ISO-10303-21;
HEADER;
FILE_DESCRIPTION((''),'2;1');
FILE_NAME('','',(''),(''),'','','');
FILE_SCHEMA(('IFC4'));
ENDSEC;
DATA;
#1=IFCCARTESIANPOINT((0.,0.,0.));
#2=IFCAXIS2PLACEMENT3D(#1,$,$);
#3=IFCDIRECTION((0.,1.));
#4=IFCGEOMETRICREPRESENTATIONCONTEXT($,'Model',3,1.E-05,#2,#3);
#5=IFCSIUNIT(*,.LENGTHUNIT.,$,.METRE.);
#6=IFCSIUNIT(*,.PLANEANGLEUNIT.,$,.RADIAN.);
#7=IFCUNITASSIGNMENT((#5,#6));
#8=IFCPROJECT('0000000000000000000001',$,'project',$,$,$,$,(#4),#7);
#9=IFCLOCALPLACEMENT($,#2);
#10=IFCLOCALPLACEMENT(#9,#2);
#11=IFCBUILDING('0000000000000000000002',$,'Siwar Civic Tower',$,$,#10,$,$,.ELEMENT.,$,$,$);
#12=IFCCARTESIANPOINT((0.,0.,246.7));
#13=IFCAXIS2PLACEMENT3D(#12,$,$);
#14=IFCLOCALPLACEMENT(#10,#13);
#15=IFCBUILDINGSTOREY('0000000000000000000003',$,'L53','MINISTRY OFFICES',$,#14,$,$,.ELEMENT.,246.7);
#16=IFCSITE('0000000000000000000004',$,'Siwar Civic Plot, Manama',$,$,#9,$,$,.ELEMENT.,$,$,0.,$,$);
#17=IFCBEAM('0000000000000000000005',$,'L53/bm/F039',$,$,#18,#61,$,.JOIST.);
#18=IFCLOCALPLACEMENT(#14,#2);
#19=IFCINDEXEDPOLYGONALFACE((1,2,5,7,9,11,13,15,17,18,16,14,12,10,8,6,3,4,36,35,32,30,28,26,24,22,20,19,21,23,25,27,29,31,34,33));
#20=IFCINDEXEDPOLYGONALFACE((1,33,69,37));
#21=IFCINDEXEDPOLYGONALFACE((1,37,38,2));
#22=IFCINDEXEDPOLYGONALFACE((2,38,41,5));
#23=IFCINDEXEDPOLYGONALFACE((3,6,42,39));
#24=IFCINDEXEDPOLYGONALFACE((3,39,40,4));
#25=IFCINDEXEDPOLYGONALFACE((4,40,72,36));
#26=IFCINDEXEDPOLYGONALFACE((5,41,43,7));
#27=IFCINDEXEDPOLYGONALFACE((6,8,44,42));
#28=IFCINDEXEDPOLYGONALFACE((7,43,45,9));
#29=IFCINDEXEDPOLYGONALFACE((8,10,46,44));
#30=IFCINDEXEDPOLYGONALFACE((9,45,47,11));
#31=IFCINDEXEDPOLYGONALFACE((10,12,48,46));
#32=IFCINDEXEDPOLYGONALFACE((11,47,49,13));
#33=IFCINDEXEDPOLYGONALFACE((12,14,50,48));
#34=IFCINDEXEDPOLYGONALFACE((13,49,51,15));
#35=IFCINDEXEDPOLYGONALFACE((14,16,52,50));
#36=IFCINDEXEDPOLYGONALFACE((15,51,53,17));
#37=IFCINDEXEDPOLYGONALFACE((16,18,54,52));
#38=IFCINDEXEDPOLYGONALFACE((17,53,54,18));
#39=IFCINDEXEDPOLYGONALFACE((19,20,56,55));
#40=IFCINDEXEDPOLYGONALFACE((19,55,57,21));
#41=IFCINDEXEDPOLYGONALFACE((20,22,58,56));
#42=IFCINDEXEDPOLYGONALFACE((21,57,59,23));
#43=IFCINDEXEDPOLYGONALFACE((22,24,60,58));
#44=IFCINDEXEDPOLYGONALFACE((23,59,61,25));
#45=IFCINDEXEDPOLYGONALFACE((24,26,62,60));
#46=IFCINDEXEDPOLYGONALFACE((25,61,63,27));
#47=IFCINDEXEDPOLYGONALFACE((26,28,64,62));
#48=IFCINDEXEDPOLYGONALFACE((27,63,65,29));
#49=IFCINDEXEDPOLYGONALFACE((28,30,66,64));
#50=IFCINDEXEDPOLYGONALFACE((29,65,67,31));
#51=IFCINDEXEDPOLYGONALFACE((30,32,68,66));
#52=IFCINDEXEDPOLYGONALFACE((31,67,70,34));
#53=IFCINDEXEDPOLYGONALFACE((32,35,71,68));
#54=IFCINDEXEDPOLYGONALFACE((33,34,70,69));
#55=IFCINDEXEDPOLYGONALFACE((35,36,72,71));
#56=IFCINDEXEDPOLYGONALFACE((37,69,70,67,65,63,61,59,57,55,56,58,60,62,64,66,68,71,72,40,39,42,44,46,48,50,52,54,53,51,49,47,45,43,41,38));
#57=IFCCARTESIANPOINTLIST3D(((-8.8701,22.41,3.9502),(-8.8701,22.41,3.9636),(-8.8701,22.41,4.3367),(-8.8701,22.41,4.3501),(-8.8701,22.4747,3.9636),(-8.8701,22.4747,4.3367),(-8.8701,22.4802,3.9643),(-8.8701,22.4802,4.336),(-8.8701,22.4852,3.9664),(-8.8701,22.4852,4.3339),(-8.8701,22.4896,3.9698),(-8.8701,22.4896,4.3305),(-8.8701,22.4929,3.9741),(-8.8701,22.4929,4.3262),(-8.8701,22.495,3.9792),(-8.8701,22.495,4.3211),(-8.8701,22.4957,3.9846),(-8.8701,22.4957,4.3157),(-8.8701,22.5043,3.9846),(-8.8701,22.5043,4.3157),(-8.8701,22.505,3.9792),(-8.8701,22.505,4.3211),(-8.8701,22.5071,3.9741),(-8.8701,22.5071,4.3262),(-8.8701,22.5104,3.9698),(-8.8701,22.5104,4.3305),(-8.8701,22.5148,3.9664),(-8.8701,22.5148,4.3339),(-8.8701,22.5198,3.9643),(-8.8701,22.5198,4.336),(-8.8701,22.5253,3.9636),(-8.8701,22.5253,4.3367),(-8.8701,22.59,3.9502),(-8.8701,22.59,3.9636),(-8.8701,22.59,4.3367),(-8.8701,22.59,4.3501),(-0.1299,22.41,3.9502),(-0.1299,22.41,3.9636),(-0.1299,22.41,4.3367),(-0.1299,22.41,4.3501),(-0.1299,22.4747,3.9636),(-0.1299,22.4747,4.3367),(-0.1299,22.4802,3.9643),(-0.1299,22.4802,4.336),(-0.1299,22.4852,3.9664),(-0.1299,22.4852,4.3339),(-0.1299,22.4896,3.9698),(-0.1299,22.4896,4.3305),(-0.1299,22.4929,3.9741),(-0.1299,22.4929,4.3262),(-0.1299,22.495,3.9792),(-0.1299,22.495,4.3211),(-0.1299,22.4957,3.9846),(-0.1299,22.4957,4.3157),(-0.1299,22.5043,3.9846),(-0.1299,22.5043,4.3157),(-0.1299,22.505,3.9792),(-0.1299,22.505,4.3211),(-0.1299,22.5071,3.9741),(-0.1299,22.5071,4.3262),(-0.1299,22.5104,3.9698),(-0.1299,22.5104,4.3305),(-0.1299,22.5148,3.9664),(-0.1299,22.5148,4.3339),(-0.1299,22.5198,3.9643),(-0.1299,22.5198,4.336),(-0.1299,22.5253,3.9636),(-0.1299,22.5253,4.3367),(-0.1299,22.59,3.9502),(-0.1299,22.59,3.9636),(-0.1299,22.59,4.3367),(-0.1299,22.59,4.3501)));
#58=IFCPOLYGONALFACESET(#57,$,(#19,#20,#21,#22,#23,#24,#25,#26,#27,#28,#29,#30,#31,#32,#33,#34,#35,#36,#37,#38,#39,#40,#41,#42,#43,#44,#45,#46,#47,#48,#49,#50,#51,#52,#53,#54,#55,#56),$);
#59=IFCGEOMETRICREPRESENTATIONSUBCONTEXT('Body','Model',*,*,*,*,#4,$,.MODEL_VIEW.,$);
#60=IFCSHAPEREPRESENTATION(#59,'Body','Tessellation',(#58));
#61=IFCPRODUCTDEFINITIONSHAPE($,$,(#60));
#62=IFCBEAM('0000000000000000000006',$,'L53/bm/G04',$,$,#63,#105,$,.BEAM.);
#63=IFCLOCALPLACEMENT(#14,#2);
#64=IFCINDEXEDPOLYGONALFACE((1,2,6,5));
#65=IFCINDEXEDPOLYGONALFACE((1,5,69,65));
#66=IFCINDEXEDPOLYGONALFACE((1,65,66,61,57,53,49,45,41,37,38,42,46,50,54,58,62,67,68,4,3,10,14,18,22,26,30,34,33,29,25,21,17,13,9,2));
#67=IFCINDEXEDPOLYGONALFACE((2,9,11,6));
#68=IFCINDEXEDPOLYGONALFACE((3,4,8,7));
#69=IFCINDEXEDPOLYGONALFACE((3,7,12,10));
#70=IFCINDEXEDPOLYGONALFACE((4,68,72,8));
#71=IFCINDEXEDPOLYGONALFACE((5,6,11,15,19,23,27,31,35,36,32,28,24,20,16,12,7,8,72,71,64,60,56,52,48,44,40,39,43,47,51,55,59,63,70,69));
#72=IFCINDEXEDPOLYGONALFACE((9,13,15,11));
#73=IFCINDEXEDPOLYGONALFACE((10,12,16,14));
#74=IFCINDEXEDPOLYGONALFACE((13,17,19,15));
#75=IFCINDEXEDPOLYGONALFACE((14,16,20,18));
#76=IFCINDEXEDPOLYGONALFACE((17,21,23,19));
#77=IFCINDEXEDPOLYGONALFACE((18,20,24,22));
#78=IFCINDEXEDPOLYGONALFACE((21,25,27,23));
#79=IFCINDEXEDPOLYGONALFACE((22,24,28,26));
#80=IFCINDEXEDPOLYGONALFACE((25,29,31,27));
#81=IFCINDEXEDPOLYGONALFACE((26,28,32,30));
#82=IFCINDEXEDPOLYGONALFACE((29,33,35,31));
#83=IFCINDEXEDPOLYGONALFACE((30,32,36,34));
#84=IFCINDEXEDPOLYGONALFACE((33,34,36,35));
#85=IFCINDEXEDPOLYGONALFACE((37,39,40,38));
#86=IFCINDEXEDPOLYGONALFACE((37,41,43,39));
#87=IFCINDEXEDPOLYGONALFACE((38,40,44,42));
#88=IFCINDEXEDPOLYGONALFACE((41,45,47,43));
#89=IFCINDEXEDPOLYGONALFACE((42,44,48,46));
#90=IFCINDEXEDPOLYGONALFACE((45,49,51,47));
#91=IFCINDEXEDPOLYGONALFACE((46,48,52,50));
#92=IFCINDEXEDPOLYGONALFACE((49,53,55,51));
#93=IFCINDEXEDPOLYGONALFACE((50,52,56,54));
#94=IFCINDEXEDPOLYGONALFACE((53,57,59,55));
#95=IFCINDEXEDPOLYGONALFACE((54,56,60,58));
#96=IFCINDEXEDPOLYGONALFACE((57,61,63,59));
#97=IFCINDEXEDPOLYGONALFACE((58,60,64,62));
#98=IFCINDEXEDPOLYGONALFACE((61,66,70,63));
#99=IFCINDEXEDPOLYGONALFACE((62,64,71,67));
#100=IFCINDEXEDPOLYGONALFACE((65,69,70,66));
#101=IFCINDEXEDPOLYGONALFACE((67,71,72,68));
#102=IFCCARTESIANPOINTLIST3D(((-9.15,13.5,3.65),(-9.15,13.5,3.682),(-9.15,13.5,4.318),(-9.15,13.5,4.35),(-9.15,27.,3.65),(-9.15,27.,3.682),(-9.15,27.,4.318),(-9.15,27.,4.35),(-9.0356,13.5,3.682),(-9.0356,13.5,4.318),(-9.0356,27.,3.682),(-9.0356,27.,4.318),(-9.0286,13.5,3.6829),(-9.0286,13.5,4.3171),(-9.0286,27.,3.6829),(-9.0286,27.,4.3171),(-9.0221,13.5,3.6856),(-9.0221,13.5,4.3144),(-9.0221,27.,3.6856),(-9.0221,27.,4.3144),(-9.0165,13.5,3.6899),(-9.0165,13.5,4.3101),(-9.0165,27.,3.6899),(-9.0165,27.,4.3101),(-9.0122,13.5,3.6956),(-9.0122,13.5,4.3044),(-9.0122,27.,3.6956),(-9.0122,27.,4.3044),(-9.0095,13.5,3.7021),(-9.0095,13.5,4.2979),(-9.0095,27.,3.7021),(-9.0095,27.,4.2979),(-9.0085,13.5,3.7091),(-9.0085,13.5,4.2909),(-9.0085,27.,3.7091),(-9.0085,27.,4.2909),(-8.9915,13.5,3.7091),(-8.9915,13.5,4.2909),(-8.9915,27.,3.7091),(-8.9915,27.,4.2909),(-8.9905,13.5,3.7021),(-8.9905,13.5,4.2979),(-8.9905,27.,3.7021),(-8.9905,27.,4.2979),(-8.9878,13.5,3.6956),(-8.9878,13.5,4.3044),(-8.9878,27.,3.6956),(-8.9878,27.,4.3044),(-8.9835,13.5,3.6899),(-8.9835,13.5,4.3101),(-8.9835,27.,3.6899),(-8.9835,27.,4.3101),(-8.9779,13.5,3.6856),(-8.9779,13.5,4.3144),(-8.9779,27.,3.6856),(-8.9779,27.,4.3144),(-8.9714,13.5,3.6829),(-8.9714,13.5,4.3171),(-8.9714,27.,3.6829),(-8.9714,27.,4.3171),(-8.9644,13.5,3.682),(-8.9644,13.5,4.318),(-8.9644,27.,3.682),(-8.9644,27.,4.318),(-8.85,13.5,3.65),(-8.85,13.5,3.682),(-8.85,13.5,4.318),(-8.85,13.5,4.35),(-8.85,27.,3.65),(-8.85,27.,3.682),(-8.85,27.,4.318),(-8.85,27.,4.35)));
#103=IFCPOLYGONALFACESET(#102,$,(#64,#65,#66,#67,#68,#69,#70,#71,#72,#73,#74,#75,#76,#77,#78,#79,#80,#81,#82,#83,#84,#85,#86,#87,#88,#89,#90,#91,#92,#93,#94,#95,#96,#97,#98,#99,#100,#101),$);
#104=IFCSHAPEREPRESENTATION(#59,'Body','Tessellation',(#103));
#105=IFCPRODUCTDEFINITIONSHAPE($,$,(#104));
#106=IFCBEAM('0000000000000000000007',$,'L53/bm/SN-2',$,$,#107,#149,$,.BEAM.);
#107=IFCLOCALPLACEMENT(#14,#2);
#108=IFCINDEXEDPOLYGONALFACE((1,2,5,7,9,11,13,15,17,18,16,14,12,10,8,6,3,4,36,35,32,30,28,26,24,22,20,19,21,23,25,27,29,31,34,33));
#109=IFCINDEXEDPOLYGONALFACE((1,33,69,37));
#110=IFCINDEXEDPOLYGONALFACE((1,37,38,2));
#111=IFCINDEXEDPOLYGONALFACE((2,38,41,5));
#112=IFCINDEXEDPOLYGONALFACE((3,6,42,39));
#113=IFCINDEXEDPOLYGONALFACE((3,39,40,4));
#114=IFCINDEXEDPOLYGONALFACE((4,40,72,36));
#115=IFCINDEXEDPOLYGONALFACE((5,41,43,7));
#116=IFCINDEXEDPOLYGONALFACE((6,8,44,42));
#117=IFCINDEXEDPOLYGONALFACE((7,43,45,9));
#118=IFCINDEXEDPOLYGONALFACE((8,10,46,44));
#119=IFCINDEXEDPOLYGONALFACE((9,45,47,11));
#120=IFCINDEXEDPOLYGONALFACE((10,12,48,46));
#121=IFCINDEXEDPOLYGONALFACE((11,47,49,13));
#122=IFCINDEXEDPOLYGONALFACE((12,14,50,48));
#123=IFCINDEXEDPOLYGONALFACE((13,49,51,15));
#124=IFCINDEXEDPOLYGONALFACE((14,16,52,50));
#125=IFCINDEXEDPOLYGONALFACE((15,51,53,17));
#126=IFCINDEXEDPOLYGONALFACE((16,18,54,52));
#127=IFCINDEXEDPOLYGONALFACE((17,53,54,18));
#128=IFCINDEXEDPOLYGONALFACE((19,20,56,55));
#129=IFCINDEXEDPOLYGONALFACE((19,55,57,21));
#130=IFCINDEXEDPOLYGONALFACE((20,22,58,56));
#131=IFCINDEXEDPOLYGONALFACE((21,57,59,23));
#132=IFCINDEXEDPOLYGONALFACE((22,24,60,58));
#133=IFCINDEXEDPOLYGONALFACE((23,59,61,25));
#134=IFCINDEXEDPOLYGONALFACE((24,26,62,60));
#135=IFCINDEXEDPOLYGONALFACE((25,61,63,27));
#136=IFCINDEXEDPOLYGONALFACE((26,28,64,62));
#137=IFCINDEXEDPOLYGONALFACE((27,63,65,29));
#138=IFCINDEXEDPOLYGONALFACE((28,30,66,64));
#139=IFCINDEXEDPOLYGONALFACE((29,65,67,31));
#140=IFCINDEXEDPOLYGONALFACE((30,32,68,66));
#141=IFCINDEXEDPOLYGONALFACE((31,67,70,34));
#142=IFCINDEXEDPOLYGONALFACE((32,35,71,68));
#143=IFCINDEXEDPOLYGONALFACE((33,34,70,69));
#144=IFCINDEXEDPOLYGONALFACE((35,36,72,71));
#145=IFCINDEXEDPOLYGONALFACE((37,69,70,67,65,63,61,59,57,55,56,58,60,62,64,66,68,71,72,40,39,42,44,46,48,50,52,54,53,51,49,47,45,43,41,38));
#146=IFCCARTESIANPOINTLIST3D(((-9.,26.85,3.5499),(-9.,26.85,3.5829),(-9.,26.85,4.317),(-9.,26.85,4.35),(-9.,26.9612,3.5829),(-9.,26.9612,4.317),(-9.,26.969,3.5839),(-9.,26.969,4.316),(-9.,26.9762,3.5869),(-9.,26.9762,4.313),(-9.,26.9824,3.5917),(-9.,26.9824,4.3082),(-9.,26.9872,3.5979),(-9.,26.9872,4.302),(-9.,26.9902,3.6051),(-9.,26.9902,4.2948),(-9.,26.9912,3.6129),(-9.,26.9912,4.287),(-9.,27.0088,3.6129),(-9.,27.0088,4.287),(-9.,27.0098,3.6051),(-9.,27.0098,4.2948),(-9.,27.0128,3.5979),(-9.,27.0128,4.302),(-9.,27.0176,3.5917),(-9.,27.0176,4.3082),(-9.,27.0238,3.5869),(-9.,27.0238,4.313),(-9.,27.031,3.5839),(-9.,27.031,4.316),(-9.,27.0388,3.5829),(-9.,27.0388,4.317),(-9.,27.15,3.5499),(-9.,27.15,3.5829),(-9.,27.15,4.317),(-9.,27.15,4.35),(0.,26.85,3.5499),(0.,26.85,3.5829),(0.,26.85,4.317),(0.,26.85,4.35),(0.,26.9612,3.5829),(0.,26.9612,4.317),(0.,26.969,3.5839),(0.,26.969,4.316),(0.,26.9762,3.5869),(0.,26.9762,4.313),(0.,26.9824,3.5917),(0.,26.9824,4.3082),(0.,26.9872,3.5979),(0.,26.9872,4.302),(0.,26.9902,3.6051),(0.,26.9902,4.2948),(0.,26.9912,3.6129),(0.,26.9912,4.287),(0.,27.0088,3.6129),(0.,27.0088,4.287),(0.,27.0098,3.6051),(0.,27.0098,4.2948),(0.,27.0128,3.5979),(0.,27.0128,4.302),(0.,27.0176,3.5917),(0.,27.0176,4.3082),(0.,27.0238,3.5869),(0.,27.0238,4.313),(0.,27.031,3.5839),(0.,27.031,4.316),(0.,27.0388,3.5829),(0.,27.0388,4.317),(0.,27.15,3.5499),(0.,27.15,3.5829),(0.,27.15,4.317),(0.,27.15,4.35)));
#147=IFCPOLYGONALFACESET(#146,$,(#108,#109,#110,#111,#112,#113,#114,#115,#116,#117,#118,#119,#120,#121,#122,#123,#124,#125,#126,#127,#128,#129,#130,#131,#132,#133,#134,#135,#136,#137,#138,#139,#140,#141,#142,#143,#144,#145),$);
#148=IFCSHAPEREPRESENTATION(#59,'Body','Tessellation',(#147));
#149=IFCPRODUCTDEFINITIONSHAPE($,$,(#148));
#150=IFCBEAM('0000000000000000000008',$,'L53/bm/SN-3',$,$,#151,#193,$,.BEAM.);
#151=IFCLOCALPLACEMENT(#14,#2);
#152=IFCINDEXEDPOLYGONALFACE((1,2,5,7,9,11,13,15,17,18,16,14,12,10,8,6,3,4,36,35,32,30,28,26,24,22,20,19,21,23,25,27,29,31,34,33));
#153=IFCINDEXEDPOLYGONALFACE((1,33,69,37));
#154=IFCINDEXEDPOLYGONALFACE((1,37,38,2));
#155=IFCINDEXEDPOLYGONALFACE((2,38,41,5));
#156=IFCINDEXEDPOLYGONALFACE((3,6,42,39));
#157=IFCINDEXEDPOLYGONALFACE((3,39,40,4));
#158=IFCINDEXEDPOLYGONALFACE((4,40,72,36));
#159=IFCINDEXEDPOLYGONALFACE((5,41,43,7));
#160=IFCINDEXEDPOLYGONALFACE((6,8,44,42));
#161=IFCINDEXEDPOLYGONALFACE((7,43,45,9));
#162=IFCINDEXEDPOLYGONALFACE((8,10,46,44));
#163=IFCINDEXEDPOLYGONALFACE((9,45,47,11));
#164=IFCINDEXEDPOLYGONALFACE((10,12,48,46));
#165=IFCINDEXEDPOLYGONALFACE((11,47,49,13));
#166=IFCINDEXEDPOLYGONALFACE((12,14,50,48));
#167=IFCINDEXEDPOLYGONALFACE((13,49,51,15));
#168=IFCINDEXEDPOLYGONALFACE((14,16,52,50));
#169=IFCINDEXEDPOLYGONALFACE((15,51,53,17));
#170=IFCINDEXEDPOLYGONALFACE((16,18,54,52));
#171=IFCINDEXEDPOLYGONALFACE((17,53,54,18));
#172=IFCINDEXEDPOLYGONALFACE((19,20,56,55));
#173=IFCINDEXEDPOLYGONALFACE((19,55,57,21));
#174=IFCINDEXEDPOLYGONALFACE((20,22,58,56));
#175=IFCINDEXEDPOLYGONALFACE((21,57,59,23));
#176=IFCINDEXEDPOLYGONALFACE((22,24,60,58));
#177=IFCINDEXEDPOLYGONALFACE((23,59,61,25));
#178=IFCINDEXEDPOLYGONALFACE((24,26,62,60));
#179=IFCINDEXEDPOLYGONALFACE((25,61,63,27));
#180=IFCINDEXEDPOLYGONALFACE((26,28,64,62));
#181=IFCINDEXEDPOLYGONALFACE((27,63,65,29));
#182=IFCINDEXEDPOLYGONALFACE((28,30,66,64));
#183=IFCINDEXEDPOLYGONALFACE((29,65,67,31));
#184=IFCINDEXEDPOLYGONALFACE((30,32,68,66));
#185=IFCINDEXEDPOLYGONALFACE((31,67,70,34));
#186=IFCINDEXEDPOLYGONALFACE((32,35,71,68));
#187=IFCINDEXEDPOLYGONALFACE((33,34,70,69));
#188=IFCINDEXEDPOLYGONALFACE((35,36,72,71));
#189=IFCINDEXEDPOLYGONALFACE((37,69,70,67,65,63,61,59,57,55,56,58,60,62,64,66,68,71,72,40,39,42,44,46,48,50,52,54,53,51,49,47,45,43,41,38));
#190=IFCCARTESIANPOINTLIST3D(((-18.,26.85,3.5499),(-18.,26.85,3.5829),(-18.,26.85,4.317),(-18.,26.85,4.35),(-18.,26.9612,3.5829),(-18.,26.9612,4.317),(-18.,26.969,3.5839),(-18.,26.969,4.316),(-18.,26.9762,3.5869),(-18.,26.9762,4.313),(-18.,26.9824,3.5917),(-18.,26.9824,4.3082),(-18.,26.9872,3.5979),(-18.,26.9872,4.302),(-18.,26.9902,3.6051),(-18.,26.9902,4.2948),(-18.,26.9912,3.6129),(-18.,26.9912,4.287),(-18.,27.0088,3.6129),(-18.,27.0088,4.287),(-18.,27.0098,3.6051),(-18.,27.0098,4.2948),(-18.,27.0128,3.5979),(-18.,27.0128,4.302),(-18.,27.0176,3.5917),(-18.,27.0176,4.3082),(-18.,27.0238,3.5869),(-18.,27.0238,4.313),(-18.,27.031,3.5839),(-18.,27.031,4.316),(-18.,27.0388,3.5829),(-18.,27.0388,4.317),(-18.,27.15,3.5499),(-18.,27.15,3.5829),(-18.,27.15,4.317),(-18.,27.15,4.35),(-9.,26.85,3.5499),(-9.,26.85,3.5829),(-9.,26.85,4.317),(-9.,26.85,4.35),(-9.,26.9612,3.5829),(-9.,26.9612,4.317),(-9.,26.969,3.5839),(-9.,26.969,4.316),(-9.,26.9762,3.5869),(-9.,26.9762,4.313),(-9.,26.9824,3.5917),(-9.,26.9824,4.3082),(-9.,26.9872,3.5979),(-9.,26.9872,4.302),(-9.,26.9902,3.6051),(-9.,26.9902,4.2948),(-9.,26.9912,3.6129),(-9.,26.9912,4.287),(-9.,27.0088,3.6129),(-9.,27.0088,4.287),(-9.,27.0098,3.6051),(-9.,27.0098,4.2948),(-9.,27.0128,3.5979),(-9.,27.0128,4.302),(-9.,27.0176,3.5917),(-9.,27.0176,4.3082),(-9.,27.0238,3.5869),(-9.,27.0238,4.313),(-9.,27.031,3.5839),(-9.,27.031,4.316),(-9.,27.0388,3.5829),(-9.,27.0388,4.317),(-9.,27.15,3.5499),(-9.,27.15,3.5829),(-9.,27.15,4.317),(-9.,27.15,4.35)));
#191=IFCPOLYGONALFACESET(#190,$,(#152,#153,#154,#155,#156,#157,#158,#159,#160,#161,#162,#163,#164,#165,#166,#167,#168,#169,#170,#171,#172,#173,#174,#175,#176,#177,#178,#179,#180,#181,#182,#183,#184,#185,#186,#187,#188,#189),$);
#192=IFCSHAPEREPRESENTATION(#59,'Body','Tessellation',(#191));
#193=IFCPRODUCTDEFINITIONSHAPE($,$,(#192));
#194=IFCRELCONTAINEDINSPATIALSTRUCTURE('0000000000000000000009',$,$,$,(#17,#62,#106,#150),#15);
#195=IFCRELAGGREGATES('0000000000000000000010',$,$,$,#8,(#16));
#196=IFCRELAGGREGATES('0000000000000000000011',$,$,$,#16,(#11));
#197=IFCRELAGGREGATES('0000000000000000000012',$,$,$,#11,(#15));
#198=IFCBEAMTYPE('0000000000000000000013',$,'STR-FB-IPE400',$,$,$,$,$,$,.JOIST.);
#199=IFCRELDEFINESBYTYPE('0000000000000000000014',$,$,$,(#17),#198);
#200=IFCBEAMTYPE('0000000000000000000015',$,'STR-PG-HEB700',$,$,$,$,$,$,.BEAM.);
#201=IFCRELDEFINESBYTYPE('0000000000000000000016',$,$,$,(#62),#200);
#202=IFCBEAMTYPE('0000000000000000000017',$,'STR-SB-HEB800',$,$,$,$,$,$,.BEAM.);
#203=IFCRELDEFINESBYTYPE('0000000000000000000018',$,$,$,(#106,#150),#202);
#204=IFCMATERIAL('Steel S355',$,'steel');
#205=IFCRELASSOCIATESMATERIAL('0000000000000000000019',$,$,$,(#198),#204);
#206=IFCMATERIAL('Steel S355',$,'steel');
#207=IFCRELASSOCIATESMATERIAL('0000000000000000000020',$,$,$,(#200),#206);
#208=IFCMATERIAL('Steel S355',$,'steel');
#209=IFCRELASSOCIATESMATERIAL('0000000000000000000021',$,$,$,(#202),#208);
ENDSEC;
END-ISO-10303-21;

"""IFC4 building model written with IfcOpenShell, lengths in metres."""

from ifc_helpers import new_model, si_unit, direction, frame, origin, origin_2d, place, context, subcontext, project, spatial, i_section, extrude, material, material_profile, profile_set, type_object, element, save


model = new_model("IFC4")

# Units and contexts
model_context = context("Model", 3, precision=1e-05, world=origin(), true_north=direction((0.0, 1.0)))
body_context = subcontext(model_context, "Body", "Model", "MODEL_VIEW")
ifc_project = project(units=[si_unit("LENGTHUNIT", "METRE"), si_unit("PLANEANGLEUNIT", "RADIAN")], contexts=[model_context])

# Site, building, storey
site_placement = place(None, origin())
site = spatial("IfcSite", under=ifc_project, at=site_placement, Name="Siwar Civic Plot, Manama", CompositionType="ELEMENT", RefElevation=0.0)
building_placement = place(site_placement, origin())
building = spatial("IfcBuilding", under=site, at=building_placement, Name="Siwar Civic Tower", CompositionType="ELEMENT")
storey_placement = place(building_placement, frame((0.0, 0.0, 246.7)))
storey = spatial("IfcBuildingStorey", under=building, at=storey_placement, Name="L53", Description="MINISTRY OFFICES", CompositionType="ELEMENT", Elevation=246.7)

# Beams
ifc_material_1 = material(Name="Steel S355", Category="steel")
ifc_material_profile_1 = material_profile(ifc_material_1, i_section(OverallWidth=0.1799, OverallDepth=0.3999, WebThickness=0.0085, FlangeThickness=0.0134, FilletRadius=0.021, at=origin_2d()), Name="IPE400")
ifc_profile_set_1 = profile_set([ifc_material_profile_1], Name="Steel S355")
beam_type_1 = type_object("IfcBeamType", Name="STR-FB-IPE400", PredefinedType="JOIST", material=ifc_profile_set_1)
for number, where, z_axis, x_axis, name in (
    (1, (-8.8701, 22.5, 4.1501), (1.0, 0.0, 0.0), (0.0, 1.0, 0.0), "L53/bm/F039"),
):
    element("IfcBeam", number, at=place(storey_placement, frame(where, z_axis=z_axis, x_axis=x_axis)), inside=storey, type_object=beam_type_1, Name=name, PredefinedType="JOIST", context=body_context, shape_type="SweptSolid", body=[
        extrude(i_section(OverallWidth=0.1799, OverallDepth=0.3999, WebThickness=0.0085, FlangeThickness=0.0134, FilletRadius=0.021, at=origin_2d()), origin(), (0.0, 0.0, 1.0), 8.7402),
    ])
ifc_material_2 = material(Name="Steel S355", Category="steel")
ifc_material_profile_2 = material_profile(ifc_material_2, i_section(OverallWidth=0.3, OverallDepth=0.7, WebThickness=0.0171, FlangeThickness=0.032, FilletRadius=0.0271, at=origin_2d()), Name="HEB700")
ifc_profile_set_2 = profile_set([ifc_material_profile_2], Name="Steel S355")
beam_type_2 = type_object("IfcBeamType", Name="STR-PG-HEB700", PredefinedType="BEAM", material=ifc_profile_set_2)
beam_1_placement = place(storey_placement, frame((-9.0, 13.5, 4.0), z_axis=(0.0, 1.0, 0.0), x_axis=(-1.0, 0.0, 0.0)))
element("IfcBeam", 2, at=beam_1_placement, inside=storey, type_object=beam_type_2, Name="L53/bm/G04", PredefinedType="BEAM", context=body_context, shape_type="SweptSolid", body=[
    extrude(i_section(OverallWidth=0.3, OverallDepth=0.7, WebThickness=0.0171, FlangeThickness=0.032, FilletRadius=0.0271, at=origin_2d()), origin(), (0.0, 0.0, 1.0), 13.5),
])
ifc_material_3 = material(Name="Steel S355", Category="steel")
ifc_material_profile_3 = material_profile(ifc_material_3, i_section(OverallWidth=0.3, OverallDepth=0.8, WebThickness=0.0176, FlangeThickness=0.033, FilletRadius=0.03, at=origin_2d()), Name="HEB800")
ifc_profile_set_3 = profile_set([ifc_material_profile_3], Name="Steel S355")
beam_type_3 = type_object("IfcBeamType", Name="STR-SB-HEB800", PredefinedType="BEAM", material=ifc_profile_set_3)
for number, where, z_axis, x_axis, name in (
    (3, (0.0, 27.0, 3.95), (-1.0, 0.0, 0.0), (0.0, -1.0, 0.0), "L53/bm/SN-2"),
    (4, (-9.0, 27.0, 3.95), (-1.0, 0.0, 0.0), (0.0, -1.0, 0.0), "L53/bm/SN-3"),
):
    element("IfcBeam", number, at=place(storey_placement, frame(where, z_axis=z_axis, x_axis=x_axis)), inside=storey, type_object=beam_type_3, Name=name, PredefinedType="BEAM", context=body_context, shape_type="SweptSolid", body=[
        extrude(i_section(OverallWidth=0.3, OverallDepth=0.8, WebThickness=0.0176, FlangeThickness=0.033, FilletRadius=0.03, at=origin_2d()), origin(), (0.0, 0.0, 1.0), 9.0),
    ])

save(model, "model.ifc")
